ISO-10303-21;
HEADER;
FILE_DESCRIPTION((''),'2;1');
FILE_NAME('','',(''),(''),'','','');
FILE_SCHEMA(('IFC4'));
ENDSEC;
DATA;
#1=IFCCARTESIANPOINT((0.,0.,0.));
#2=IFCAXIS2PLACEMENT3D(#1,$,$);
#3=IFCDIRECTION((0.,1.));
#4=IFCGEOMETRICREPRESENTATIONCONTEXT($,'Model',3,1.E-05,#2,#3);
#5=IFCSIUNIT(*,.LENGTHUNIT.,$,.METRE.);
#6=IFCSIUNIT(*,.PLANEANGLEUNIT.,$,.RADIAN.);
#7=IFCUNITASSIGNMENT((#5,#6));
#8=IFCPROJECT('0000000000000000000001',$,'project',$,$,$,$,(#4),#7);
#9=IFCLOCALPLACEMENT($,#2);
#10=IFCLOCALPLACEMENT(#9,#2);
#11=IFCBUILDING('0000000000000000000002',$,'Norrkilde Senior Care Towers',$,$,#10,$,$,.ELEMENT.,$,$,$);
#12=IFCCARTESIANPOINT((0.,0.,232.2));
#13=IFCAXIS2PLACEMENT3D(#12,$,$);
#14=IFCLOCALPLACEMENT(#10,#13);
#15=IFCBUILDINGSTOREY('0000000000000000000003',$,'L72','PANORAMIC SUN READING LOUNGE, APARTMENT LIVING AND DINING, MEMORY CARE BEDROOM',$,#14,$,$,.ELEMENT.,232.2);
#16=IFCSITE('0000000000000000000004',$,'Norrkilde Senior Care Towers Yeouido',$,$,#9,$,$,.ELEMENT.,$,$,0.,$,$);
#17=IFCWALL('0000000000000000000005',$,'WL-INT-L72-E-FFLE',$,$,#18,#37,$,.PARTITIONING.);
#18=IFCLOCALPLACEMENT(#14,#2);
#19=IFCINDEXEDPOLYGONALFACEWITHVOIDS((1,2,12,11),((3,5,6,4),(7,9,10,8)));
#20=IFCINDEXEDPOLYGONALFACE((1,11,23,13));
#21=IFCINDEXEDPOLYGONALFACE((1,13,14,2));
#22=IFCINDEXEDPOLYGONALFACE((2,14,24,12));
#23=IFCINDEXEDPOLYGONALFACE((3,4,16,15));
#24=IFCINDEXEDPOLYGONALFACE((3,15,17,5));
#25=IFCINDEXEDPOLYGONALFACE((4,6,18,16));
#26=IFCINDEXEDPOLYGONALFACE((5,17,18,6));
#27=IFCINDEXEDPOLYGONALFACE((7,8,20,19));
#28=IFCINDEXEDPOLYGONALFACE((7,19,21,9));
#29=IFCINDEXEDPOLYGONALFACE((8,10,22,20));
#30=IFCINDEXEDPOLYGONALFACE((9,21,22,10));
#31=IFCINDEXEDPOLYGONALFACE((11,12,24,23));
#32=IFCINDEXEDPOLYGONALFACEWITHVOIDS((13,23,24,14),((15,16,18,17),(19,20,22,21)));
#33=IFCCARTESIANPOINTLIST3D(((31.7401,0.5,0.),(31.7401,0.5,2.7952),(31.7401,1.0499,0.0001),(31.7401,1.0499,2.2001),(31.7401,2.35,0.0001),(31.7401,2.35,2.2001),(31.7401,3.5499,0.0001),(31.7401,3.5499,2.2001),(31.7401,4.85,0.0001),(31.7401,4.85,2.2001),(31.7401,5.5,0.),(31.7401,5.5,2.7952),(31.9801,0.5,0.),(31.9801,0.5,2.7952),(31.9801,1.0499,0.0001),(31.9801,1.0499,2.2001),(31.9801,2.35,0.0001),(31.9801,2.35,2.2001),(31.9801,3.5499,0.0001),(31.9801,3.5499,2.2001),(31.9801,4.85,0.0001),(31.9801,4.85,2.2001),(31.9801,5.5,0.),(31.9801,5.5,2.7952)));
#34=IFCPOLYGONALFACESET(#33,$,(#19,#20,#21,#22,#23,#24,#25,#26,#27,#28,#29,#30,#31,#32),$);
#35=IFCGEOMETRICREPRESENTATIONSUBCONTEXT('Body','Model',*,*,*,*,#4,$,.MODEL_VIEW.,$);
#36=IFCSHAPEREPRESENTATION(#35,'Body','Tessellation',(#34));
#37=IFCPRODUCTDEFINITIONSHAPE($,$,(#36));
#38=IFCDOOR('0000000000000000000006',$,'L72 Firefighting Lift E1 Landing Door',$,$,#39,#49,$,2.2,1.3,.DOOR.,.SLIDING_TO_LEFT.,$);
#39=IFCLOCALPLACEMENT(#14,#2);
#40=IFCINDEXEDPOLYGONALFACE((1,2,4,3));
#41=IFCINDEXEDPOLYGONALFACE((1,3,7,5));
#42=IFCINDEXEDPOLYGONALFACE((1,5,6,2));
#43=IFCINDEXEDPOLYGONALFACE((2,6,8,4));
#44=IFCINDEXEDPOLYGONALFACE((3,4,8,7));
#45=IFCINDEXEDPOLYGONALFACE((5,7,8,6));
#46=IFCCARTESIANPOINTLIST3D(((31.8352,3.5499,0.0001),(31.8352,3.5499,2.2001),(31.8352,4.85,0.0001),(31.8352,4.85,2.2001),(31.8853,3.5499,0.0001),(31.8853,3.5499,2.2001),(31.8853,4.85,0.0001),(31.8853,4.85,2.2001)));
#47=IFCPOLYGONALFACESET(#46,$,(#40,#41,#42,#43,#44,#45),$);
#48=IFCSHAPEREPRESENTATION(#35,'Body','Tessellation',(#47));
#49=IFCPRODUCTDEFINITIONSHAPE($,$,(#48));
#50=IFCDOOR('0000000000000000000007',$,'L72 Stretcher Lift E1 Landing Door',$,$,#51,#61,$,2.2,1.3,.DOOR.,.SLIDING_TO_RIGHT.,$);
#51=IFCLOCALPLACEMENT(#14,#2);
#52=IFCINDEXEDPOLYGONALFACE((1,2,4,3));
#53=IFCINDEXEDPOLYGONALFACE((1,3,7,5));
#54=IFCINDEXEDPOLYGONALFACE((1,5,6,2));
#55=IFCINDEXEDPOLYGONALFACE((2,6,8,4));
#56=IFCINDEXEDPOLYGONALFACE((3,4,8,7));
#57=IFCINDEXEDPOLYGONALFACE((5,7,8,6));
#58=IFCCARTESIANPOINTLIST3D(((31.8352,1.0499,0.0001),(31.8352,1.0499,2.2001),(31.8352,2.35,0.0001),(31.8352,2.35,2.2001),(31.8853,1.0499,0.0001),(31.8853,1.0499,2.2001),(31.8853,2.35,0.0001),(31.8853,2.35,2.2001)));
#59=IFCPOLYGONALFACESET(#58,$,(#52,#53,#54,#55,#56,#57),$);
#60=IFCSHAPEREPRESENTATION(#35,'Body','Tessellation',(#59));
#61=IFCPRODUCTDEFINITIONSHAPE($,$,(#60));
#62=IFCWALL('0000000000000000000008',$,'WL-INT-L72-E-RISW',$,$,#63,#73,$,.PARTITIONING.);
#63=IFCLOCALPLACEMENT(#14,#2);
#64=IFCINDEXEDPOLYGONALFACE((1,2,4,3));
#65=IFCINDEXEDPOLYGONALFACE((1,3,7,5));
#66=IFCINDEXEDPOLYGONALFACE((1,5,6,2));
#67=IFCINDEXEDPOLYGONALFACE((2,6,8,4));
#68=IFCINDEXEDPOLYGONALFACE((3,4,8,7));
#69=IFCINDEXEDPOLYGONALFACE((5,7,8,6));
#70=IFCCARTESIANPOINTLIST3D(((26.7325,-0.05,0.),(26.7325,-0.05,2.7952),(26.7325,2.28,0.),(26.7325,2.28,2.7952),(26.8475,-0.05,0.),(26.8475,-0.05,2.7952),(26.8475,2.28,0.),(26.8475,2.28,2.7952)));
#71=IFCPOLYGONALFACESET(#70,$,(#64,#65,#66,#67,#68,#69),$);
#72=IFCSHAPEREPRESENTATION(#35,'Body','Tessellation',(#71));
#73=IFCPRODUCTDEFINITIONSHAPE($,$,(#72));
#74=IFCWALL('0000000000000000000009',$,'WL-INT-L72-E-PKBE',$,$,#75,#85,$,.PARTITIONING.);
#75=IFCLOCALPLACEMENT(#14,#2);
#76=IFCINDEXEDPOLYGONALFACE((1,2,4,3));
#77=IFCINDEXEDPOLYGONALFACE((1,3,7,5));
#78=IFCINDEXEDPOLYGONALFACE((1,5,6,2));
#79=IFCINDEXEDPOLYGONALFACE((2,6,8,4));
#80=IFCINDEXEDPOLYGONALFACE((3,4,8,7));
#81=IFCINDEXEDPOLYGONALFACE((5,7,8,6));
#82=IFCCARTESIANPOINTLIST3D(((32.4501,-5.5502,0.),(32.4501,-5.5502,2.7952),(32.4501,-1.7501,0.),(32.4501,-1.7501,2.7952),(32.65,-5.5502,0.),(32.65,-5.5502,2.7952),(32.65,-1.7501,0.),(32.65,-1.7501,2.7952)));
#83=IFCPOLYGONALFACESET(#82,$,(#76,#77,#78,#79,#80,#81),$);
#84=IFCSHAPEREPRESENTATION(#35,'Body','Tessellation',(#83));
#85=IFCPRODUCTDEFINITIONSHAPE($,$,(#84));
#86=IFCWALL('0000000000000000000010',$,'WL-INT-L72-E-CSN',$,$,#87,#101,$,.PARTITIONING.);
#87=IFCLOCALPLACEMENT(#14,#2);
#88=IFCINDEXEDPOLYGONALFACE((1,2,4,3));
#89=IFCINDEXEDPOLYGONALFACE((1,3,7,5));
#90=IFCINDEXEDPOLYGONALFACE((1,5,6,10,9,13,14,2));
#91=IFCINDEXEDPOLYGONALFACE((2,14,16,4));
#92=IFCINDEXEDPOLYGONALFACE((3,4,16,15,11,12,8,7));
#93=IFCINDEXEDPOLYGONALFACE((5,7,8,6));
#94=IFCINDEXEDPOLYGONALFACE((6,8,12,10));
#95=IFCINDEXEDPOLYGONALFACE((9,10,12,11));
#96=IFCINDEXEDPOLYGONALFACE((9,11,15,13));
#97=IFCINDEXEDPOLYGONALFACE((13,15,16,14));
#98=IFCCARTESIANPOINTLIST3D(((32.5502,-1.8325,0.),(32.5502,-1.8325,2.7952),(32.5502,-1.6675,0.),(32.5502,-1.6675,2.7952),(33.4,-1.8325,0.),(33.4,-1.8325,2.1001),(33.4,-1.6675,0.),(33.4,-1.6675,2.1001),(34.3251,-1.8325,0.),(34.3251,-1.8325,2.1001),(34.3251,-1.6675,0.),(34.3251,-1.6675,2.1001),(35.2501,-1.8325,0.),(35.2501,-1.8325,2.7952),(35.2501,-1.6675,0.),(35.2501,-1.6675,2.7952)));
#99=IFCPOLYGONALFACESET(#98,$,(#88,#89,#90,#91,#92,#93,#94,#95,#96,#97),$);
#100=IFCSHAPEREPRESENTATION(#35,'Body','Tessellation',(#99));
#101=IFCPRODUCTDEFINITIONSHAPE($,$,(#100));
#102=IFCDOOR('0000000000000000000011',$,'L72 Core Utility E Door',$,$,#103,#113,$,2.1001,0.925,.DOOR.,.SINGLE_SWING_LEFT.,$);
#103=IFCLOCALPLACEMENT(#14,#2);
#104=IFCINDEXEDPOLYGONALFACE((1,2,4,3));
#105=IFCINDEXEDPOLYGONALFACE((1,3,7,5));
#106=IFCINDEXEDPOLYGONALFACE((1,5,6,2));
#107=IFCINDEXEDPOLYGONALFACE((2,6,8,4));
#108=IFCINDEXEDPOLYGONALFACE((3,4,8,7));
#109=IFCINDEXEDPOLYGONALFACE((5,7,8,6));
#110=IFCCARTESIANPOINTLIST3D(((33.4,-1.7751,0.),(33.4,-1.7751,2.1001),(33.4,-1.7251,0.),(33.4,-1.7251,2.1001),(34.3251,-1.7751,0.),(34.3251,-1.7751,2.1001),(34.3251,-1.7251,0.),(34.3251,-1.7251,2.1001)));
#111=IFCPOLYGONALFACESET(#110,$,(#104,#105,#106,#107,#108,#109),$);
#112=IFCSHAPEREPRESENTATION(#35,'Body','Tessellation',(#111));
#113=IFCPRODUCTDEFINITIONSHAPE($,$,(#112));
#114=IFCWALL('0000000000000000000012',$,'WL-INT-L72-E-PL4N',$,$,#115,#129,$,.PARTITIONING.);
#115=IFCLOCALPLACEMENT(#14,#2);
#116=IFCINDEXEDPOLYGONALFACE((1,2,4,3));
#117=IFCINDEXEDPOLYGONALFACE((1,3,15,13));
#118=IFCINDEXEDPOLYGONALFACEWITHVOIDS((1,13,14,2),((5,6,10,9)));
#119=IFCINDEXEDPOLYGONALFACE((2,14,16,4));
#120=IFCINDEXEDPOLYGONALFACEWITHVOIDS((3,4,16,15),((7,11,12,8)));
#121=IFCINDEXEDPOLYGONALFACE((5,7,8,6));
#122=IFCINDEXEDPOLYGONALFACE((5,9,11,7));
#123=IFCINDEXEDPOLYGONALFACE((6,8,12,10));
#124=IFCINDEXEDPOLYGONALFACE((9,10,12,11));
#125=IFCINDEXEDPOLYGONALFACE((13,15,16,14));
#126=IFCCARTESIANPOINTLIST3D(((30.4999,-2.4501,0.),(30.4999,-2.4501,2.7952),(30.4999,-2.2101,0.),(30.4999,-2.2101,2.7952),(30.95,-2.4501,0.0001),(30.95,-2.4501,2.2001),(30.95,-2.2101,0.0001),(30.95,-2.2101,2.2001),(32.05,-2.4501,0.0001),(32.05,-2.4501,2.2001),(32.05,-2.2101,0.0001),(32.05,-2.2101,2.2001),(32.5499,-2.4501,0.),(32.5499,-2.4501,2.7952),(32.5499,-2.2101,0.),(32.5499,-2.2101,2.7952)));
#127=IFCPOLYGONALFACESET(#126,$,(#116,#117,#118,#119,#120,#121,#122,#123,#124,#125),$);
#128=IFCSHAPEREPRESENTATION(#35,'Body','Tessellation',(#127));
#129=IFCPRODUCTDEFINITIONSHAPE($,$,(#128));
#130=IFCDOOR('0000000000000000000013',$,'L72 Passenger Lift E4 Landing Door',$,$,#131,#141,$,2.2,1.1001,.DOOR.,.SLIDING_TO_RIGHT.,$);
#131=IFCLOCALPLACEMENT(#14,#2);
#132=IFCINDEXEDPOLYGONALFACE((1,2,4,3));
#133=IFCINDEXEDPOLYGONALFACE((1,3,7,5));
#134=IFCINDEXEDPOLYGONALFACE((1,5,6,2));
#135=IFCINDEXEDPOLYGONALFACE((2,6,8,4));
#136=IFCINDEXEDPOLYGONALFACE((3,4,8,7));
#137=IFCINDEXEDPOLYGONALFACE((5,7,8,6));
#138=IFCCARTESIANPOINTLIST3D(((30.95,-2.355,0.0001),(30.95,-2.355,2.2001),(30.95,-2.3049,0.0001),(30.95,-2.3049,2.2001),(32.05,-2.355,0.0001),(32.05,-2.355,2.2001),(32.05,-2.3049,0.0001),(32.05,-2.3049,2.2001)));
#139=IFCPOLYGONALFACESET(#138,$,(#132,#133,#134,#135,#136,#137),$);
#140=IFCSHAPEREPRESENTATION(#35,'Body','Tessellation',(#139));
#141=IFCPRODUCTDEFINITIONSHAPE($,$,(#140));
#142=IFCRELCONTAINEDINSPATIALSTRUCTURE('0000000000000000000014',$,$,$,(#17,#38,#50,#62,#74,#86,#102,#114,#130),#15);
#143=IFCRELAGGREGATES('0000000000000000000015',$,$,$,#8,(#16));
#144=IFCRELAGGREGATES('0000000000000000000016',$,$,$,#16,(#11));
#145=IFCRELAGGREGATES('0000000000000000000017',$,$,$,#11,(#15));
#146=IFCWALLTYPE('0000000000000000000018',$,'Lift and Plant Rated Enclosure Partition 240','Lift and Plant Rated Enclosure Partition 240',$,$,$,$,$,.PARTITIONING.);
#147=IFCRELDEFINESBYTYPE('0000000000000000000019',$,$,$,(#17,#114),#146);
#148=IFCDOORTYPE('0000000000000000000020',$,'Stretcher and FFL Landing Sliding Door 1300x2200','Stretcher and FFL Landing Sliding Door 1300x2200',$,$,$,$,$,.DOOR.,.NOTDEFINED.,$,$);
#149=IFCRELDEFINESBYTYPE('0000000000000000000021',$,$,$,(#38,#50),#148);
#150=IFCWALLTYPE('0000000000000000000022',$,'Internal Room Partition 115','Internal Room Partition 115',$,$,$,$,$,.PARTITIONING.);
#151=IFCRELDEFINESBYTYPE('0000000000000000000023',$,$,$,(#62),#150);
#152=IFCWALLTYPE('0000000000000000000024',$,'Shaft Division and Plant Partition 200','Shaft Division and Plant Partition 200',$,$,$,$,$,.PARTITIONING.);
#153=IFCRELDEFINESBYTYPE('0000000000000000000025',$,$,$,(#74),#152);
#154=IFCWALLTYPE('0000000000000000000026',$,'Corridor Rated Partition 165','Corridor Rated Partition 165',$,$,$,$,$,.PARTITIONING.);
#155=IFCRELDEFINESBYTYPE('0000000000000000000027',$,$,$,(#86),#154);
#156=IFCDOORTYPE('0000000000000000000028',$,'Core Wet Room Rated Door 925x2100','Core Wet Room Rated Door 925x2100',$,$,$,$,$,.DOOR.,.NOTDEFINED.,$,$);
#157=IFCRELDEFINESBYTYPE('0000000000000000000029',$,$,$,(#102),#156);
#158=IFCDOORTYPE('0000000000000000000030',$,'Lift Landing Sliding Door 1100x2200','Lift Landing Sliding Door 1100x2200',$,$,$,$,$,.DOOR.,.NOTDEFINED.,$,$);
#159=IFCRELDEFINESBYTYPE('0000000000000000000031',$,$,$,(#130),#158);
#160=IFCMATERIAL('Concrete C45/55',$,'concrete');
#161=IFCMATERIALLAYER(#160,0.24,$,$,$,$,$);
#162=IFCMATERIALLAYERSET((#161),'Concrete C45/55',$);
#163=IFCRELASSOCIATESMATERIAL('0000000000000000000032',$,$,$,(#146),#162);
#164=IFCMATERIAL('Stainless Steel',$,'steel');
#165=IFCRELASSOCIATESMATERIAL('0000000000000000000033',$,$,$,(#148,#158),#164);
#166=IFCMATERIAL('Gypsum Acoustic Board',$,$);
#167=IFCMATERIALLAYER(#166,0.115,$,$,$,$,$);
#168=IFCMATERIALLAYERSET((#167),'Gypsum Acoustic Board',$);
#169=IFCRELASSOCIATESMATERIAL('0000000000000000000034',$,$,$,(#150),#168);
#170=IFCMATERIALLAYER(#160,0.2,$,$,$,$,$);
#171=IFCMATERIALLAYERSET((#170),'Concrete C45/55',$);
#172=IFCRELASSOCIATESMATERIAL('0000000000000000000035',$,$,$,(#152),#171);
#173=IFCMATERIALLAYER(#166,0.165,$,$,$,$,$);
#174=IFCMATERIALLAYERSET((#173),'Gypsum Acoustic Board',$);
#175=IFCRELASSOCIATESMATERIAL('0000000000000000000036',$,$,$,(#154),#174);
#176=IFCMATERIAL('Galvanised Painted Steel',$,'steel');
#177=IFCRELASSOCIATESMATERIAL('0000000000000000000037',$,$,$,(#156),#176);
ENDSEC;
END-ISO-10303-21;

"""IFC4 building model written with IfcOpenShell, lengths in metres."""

from ifc_helpers import new_model, si_unit, direction, frame, frame_2d, origin, place, context, subcontext, project, spatial, rectangle, extrude, source, transform, mapped, material, layer, layer_set, type_object, type_shapes, element, fill, save


model = new_model("IFC4")

# Units and contexts
model_context = context("Model", 3, precision=1e-05, world=origin(), true_north=direction((0.0, 1.0)))
body_context = subcontext(model_context, "Body", "Model", "MODEL_VIEW")
ifc_project = project(units=[si_unit("LENGTHUNIT", "METRE"), si_unit("PLANEANGLEUNIT", "RADIAN")], contexts=[model_context])

# Site, building, storey
site_placement = place(None, origin())
site = spatial("IfcSite", under=ifc_project, at=site_placement, Name="Norrkilde Senior Care Towers Yeouido", CompositionType="ELEMENT", RefElevation=0.0)
building_placement = place(site_placement, origin())
building = spatial("IfcBuilding", under=site, at=building_placement, Name="Norrkilde Senior Care Towers", CompositionType="ELEMENT")
storey_placement = place(building_placement, frame((0.0, 0.0, 232.2)))
storey = spatial("IfcBuildingStorey", under=building, at=storey_placement, Name="L72", Description="PANORAMIC SUN READING LOUNGE, APARTMENT LIVING AND DINING, MEMORY CARE BEDROOM", CompositionType="ELEMENT", Elevation=232.2)

# Wall, openings, doors
ifc_material_1 = material(Name="Concrete C45/55", Category="concrete")
ifc_layer_1 = layer(ifc_material_1, 0.24)
ifc_layer_set_1 = layer_set([ifc_layer_1], Name="Concrete C45/55")
wall_type_1 = type_object("IfcWallType", Name="Lift and Plant Rated Enclosure Partition 240", Description="Lift and Plant Rated Enclosure Partition 240", PredefinedType="PARTITIONING", material=ifc_layer_set_1)
shared_shape_1 = source(origin(), body_context, "Body", "SweptSolid", [
    extrude(rectangle(XDim=5.0, YDim=0.24, at=frame_2d((2.5, 0.0))), origin(), (0.0, 0.0, 1.0), 2.7952),
])
wall_1_placement = place(storey_placement, frame((31.8601, 0.5, 0.0), z_axis=(0.0, 0.0, 1.0), x_axis=(0.0, 1.0, 0.0)))
wall_1 = element("IfcWall", 1, at=wall_1_placement, inside=storey, type_object=wall_type_1, Name="WL-INT-L72-E-FFLE", PredefinedType="PARTITIONING", context=body_context, shape_type="MappedRepresentation", body=[
    mapped(shared_shape_1, transform((0.0, 0.0, 0.0), x_axis=(1.0, 0.0, 0.0), y_axis=(0.0, 1.0, 0.0), z_axis=(0.0, 0.0, 1.0), scale=1.0)),
])
opening_1_placement = place(wall_1_placement, frame((3.05, 0.0, 0.0)))
opening_1 = element("IfcOpeningElement", 2, at=opening_1_placement, cuts=wall_1, PredefinedType="OPENING", context=body_context, shape_type="SweptSolid", body=[
    extrude(rectangle(XDim=1.3, YDim=2.2, at=frame_2d((0.6499, 1.1001))), frame((0.0, 0.1299, 0.0), z_axis=(0.0, -1.0, 0.0), x_axis=(1.0, 0.0, 0.0)), (0.0, 0.0, 1.0), 0.26),
])
opening_2_placement = place(wall_1_placement, frame((0.55, 0.0, 0.0)))
opening_2 = element("IfcOpeningElement", 3, at=opening_2_placement, cuts=wall_1, PredefinedType="OPENING", context=body_context, shape_type="SweptSolid", body=[
    extrude(rectangle(XDim=1.3, YDim=2.2, at=frame_2d((0.6499, 1.1001))), frame((0.0, 0.1299, 0.0), z_axis=(0.0, -1.0, 0.0), x_axis=(1.0, 0.0, 0.0)), (0.0, 0.0, 1.0), 0.26),
])
ifc_material_2 = material(Name="Stainless Steel", Category="steel")
door_type_1 = type_object("IfcDoorType", Name="Stretcher and FFL Landing Sliding Door 1300x2200", Description="Stretcher and FFL Landing Sliding Door 1300x2200", OperationType="NOTDEFINED", PredefinedType="DOOR", material=ifc_material_2)
shared_shape_2 = source(origin(), body_context, "Body", "SweptSolid", [
    extrude(rectangle(XDim=1.3, YDim=2.2, at=frame_2d((0.6499, 1.1001))), frame((0.0, 0.0249, 0.0), z_axis=(0.0, -1.0, 0.0), x_axis=(1.0, 0.0, 0.0)), (0.0, 0.0, 1.0), 0.05),
])
type_shapes(door_type_1, [shared_shape_2])
door_1_placement = place(opening_1_placement, origin())
door_1 = element("IfcDoor", 4, at=door_1_placement, inside=storey, type_object=door_type_1, Name="L72 Firefighting Lift E1 Landing Door", OperationType="SLIDING_TO_LEFT", OverallHeight=2.2, OverallWidth=1.3, PredefinedType="DOOR", context=body_context, shape_type="MappedRepresentation", body=[
    mapped(shared_shape_2, transform((0.0, 0.0, 0.0), x_axis=(1.0, 0.0, 0.0), y_axis=(0.0, 1.0, 0.0), z_axis=(0.0, 0.0, 1.0), scale=1.0)),
])
fill(opening_1, door_1)
door_2_placement = place(opening_2_placement, origin())
door_2 = element("IfcDoor", 5, at=door_2_placement, inside=storey, type_object=door_type_1, Name="L72 Stretcher Lift E1 Landing Door", OperationType="SLIDING_TO_RIGHT", OverallHeight=2.2, OverallWidth=1.3, PredefinedType="DOOR", context=body_context, shape_type="MappedRepresentation", body=[
    mapped(shared_shape_2, transform((0.0, 0.0, 0.0), x_axis=(1.0, 0.0, 0.0), y_axis=(0.0, 1.0, 0.0), z_axis=(0.0, 0.0, 1.0), scale=1.0)),
])
fill(opening_2, door_2)

# Shared definitions
ifc_material_3 = material(Name="Galvanised Painted Steel", Category="steel")

# Walls
ifc_material_4 = material(Name="Gypsum Acoustic Board")
ifc_layer_2 = layer(ifc_material_4, 0.115)
ifc_layer_set_2 = layer_set([ifc_layer_2], Name="Gypsum Acoustic Board")
wall_type_2 = type_object("IfcWallType", Name="Internal Room Partition 115", Description="Internal Room Partition 115", PredefinedType="PARTITIONING", material=ifc_layer_set_2)
shared_shape_3 = source(origin(), body_context, "Body", "SweptSolid", [
    extrude(rectangle(XDim=2.3301, YDim=0.115, at=frame_2d((1.165, 0.0))), origin(), (0.0, 0.0, 1.0), 2.7952),
])
type_shapes(wall_type_2, [shared_shape_3])
wall_2_placement = place(storey_placement, frame((26.79, -0.05, 0.0), z_axis=(0.0, 0.0, 1.0), x_axis=(0.0, 1.0, 0.0)))
element("IfcWall", 6, at=wall_2_placement, inside=storey, type_object=wall_type_2, Name="WL-INT-L72-E-RISW", PredefinedType="PARTITIONING", context=body_context, shape_type="MappedRepresentation", body=[
    mapped(shared_shape_3, transform((0.0, 0.0, 0.0), x_axis=(1.0, 0.0, 0.0), y_axis=(0.0, 1.0, 0.0), z_axis=(0.0, 0.0, 1.0), scale=1.0)),
])
ifc_layer_3 = layer(ifc_material_1, 0.2)
ifc_layer_set_3 = layer_set([ifc_layer_3], Name="Concrete C45/55")
wall_type_3 = type_object("IfcWallType", Name="Shaft Division and Plant Partition 200", Description="Shaft Division and Plant Partition 200", PredefinedType="PARTITIONING", material=ifc_layer_set_3)
shared_shape_4 = source(origin(), body_context, "Body", "SweptSolid", [
    extrude(rectangle(XDim=3.8, YDim=0.2, at=frame_2d((1.8999, 0.0))), origin(), (0.0, 0.0, 1.0), 2.7952),
])
type_shapes(wall_type_3, [shared_shape_4])
wall_3_placement = place(storey_placement, frame((32.55, -5.55, 0.0), z_axis=(0.0, 0.0, 1.0), x_axis=(0.0, 1.0, 0.0)))
element("IfcWall", 7, at=wall_3_placement, inside=storey, type_object=wall_type_3, Name="WL-INT-L72-E-PKBE", PredefinedType="PARTITIONING", context=body_context, shape_type="MappedRepresentation", body=[
    mapped(shared_shape_4, transform((0.0, 0.0, 0.0), x_axis=(1.0, 0.0, 0.0), y_axis=(0.0, 1.0, 0.0), z_axis=(0.0, 0.0, 1.0), scale=1.0)),
])

# Walls, openings, doors
ifc_layer_4 = layer(ifc_material_4, 0.165)
ifc_layer_set_4 = layer_set([ifc_layer_4], Name="Gypsum Acoustic Board")
wall_type_4 = type_object("IfcWallType", Name="Corridor Rated Partition 165", Description="Corridor Rated Partition 165", PredefinedType="PARTITIONING", material=ifc_layer_set_4)
shared_shape_5 = source(origin(), body_context, "Body", "SweptSolid", [
    extrude(rectangle(XDim=2.7, YDim=0.165, at=frame_2d((1.3501, 0.0))), origin(), (0.0, 0.0, 1.0), 2.7952),
])
wall_4_placement = place(storey_placement, frame((32.55, -1.75, 0.0), z_axis=(0.0, 0.0, 1.0), x_axis=(1.0, 0.0, 0.0)))
wall_4 = element("IfcWall", 8, at=wall_4_placement, inside=storey, type_object=wall_type_4, Name="WL-INT-L72-E-CSN", PredefinedType="PARTITIONING", context=body_context, shape_type="MappedRepresentation", body=[
    mapped(shared_shape_5, transform((0.0, 0.0, 0.0), x_axis=(1.0, 0.0, 0.0), y_axis=(0.0, 1.0, 0.0), z_axis=(0.0, 0.0, 1.0), scale=1.0)),
])
opening_3_placement = place(wall_4_placement, frame((0.8501, 0.0, 0.0)))
opening_3 = element("IfcOpeningElement", 9, at=opening_3_placement, cuts=wall_4, PredefinedType="OPENING", context=body_context, shape_type="SweptSolid", body=[
    extrude(rectangle(XDim=0.925, YDim=2.1001, at=frame_2d((0.4624, 1.05))), frame((0.0, 0.0925, 0.0), z_axis=(0.0, -1.0, 0.0), x_axis=(1.0, 0.0, 0.0)), (0.0, 0.0, 1.0), 0.1851),
])
door_type_2 = type_object("IfcDoorType", Name="Core Wet Room Rated Door 925x2100", Description="Core Wet Room Rated Door 925x2100", OperationType="NOTDEFINED", PredefinedType="DOOR", material=ifc_material_3)
shared_shape_6 = source(origin(), body_context, "Body", "SweptSolid", [
    extrude(rectangle(XDim=0.925, YDim=2.1001, at=frame_2d((0.4624, 1.05))), frame((0.0, 0.0249, 0.0), z_axis=(0.0, -1.0, 0.0), x_axis=(1.0, 0.0, 0.0)), (0.0, 0.0, 1.0), 0.05),
])
type_shapes(door_type_2, [shared_shape_6])
door_3_placement = place(opening_3_placement, origin())
door_3 = element("IfcDoor", 10, at=door_3_placement, inside=storey, type_object=door_type_2, Name="L72 Core Utility E Door", OperationType="SINGLE_SWING_LEFT", OverallHeight=2.1001, OverallWidth=0.925, PredefinedType="DOOR", context=body_context, shape_type="MappedRepresentation", body=[
    mapped(shared_shape_6, transform((0.0, 0.0, 0.0), x_axis=(1.0, 0.0, 0.0), y_axis=(0.0, 1.0, 0.0), z_axis=(0.0, 0.0, 1.0), scale=1.0)),
])
fill(opening_3, door_3)
shared_shape_7 = source(origin(), body_context, "Body", "SweptSolid", [
    extrude(rectangle(XDim=2.05, YDim=0.24, at=frame_2d((1.0249, 0.0))), origin(), (0.0, 0.0, 1.0), 2.7952),
])
type_shapes(wall_type_1, [shared_shape_1, shared_shape_7])
wall_5_placement = place(storey_placement, frame((30.5, -2.3301, 0.0), z_axis=(0.0, 0.0, 1.0), x_axis=(1.0, 0.0, 0.0)))
wall_5 = element("IfcWall", 11, at=wall_5_placement, inside=storey, type_object=wall_type_1, Name="WL-INT-L72-E-PL4N", PredefinedType="PARTITIONING", context=body_context, shape_type="MappedRepresentation", body=[
    mapped(shared_shape_7, transform((0.0, 0.0, 0.0), x_axis=(1.0, 0.0, 0.0), y_axis=(0.0, 1.0, 0.0), z_axis=(0.0, 0.0, 1.0), scale=1.0)),
])
opening_4_placement = place(wall_5_placement, frame((0.45, 0.0, 0.0)))
opening_4 = element("IfcOpeningElement", 12, at=opening_4_placement, cuts=wall_5, PredefinedType="OPENING", context=body_context, shape_type="SweptSolid", body=[
    extrude(rectangle(XDim=1.1001, YDim=2.2, at=frame_2d((0.55, 1.1001))), frame((0.0, 0.1299, 0.0), z_axis=(0.0, -1.0, 0.0), x_axis=(1.0, 0.0, 0.0)), (0.0, 0.0, 1.0), 0.26),
])
door_type_3 = type_object("IfcDoorType", Name="Lift Landing Sliding Door 1100x2200", Description="Lift Landing Sliding Door 1100x2200", OperationType="NOTDEFINED", PredefinedType="DOOR", material=ifc_material_2)
shared_shape_8 = source(origin(), body_context, "Body", "SweptSolid", [
    extrude(rectangle(XDim=1.1001, YDim=2.2, at=frame_2d((0.55, 1.1001))), frame((0.0, 0.0249, 0.0), z_axis=(0.0, -1.0, 0.0), x_axis=(1.0, 0.0, 0.0)), (0.0, 0.0, 1.0), 0.05),
])
type_shapes(door_type_3, [shared_shape_8])
door_4_placement = place(opening_4_placement, frame((1.1001, 0.0, 0.0), z_axis=(0.0, 0.0, 1.0), x_axis=(-1.0, 0.0, 0.0)))
door_4 = element("IfcDoor", 13, at=door_4_placement, inside=storey, type_object=door_type_3, Name="L72 Passenger Lift E4 Landing Door", OperationType="SLIDING_TO_RIGHT", OverallHeight=2.2, OverallWidth=1.1001, PredefinedType="DOOR", context=body_context, shape_type="MappedRepresentation", body=[
    mapped(shared_shape_8, transform((0.0, 0.0, 0.0), x_axis=(1.0, 0.0, 0.0), y_axis=(0.0, 1.0, 0.0), z_axis=(0.0, 0.0, 1.0), scale=1.0)),
])
fill(opening_4, door_4)

save(model, "model.ifc")
